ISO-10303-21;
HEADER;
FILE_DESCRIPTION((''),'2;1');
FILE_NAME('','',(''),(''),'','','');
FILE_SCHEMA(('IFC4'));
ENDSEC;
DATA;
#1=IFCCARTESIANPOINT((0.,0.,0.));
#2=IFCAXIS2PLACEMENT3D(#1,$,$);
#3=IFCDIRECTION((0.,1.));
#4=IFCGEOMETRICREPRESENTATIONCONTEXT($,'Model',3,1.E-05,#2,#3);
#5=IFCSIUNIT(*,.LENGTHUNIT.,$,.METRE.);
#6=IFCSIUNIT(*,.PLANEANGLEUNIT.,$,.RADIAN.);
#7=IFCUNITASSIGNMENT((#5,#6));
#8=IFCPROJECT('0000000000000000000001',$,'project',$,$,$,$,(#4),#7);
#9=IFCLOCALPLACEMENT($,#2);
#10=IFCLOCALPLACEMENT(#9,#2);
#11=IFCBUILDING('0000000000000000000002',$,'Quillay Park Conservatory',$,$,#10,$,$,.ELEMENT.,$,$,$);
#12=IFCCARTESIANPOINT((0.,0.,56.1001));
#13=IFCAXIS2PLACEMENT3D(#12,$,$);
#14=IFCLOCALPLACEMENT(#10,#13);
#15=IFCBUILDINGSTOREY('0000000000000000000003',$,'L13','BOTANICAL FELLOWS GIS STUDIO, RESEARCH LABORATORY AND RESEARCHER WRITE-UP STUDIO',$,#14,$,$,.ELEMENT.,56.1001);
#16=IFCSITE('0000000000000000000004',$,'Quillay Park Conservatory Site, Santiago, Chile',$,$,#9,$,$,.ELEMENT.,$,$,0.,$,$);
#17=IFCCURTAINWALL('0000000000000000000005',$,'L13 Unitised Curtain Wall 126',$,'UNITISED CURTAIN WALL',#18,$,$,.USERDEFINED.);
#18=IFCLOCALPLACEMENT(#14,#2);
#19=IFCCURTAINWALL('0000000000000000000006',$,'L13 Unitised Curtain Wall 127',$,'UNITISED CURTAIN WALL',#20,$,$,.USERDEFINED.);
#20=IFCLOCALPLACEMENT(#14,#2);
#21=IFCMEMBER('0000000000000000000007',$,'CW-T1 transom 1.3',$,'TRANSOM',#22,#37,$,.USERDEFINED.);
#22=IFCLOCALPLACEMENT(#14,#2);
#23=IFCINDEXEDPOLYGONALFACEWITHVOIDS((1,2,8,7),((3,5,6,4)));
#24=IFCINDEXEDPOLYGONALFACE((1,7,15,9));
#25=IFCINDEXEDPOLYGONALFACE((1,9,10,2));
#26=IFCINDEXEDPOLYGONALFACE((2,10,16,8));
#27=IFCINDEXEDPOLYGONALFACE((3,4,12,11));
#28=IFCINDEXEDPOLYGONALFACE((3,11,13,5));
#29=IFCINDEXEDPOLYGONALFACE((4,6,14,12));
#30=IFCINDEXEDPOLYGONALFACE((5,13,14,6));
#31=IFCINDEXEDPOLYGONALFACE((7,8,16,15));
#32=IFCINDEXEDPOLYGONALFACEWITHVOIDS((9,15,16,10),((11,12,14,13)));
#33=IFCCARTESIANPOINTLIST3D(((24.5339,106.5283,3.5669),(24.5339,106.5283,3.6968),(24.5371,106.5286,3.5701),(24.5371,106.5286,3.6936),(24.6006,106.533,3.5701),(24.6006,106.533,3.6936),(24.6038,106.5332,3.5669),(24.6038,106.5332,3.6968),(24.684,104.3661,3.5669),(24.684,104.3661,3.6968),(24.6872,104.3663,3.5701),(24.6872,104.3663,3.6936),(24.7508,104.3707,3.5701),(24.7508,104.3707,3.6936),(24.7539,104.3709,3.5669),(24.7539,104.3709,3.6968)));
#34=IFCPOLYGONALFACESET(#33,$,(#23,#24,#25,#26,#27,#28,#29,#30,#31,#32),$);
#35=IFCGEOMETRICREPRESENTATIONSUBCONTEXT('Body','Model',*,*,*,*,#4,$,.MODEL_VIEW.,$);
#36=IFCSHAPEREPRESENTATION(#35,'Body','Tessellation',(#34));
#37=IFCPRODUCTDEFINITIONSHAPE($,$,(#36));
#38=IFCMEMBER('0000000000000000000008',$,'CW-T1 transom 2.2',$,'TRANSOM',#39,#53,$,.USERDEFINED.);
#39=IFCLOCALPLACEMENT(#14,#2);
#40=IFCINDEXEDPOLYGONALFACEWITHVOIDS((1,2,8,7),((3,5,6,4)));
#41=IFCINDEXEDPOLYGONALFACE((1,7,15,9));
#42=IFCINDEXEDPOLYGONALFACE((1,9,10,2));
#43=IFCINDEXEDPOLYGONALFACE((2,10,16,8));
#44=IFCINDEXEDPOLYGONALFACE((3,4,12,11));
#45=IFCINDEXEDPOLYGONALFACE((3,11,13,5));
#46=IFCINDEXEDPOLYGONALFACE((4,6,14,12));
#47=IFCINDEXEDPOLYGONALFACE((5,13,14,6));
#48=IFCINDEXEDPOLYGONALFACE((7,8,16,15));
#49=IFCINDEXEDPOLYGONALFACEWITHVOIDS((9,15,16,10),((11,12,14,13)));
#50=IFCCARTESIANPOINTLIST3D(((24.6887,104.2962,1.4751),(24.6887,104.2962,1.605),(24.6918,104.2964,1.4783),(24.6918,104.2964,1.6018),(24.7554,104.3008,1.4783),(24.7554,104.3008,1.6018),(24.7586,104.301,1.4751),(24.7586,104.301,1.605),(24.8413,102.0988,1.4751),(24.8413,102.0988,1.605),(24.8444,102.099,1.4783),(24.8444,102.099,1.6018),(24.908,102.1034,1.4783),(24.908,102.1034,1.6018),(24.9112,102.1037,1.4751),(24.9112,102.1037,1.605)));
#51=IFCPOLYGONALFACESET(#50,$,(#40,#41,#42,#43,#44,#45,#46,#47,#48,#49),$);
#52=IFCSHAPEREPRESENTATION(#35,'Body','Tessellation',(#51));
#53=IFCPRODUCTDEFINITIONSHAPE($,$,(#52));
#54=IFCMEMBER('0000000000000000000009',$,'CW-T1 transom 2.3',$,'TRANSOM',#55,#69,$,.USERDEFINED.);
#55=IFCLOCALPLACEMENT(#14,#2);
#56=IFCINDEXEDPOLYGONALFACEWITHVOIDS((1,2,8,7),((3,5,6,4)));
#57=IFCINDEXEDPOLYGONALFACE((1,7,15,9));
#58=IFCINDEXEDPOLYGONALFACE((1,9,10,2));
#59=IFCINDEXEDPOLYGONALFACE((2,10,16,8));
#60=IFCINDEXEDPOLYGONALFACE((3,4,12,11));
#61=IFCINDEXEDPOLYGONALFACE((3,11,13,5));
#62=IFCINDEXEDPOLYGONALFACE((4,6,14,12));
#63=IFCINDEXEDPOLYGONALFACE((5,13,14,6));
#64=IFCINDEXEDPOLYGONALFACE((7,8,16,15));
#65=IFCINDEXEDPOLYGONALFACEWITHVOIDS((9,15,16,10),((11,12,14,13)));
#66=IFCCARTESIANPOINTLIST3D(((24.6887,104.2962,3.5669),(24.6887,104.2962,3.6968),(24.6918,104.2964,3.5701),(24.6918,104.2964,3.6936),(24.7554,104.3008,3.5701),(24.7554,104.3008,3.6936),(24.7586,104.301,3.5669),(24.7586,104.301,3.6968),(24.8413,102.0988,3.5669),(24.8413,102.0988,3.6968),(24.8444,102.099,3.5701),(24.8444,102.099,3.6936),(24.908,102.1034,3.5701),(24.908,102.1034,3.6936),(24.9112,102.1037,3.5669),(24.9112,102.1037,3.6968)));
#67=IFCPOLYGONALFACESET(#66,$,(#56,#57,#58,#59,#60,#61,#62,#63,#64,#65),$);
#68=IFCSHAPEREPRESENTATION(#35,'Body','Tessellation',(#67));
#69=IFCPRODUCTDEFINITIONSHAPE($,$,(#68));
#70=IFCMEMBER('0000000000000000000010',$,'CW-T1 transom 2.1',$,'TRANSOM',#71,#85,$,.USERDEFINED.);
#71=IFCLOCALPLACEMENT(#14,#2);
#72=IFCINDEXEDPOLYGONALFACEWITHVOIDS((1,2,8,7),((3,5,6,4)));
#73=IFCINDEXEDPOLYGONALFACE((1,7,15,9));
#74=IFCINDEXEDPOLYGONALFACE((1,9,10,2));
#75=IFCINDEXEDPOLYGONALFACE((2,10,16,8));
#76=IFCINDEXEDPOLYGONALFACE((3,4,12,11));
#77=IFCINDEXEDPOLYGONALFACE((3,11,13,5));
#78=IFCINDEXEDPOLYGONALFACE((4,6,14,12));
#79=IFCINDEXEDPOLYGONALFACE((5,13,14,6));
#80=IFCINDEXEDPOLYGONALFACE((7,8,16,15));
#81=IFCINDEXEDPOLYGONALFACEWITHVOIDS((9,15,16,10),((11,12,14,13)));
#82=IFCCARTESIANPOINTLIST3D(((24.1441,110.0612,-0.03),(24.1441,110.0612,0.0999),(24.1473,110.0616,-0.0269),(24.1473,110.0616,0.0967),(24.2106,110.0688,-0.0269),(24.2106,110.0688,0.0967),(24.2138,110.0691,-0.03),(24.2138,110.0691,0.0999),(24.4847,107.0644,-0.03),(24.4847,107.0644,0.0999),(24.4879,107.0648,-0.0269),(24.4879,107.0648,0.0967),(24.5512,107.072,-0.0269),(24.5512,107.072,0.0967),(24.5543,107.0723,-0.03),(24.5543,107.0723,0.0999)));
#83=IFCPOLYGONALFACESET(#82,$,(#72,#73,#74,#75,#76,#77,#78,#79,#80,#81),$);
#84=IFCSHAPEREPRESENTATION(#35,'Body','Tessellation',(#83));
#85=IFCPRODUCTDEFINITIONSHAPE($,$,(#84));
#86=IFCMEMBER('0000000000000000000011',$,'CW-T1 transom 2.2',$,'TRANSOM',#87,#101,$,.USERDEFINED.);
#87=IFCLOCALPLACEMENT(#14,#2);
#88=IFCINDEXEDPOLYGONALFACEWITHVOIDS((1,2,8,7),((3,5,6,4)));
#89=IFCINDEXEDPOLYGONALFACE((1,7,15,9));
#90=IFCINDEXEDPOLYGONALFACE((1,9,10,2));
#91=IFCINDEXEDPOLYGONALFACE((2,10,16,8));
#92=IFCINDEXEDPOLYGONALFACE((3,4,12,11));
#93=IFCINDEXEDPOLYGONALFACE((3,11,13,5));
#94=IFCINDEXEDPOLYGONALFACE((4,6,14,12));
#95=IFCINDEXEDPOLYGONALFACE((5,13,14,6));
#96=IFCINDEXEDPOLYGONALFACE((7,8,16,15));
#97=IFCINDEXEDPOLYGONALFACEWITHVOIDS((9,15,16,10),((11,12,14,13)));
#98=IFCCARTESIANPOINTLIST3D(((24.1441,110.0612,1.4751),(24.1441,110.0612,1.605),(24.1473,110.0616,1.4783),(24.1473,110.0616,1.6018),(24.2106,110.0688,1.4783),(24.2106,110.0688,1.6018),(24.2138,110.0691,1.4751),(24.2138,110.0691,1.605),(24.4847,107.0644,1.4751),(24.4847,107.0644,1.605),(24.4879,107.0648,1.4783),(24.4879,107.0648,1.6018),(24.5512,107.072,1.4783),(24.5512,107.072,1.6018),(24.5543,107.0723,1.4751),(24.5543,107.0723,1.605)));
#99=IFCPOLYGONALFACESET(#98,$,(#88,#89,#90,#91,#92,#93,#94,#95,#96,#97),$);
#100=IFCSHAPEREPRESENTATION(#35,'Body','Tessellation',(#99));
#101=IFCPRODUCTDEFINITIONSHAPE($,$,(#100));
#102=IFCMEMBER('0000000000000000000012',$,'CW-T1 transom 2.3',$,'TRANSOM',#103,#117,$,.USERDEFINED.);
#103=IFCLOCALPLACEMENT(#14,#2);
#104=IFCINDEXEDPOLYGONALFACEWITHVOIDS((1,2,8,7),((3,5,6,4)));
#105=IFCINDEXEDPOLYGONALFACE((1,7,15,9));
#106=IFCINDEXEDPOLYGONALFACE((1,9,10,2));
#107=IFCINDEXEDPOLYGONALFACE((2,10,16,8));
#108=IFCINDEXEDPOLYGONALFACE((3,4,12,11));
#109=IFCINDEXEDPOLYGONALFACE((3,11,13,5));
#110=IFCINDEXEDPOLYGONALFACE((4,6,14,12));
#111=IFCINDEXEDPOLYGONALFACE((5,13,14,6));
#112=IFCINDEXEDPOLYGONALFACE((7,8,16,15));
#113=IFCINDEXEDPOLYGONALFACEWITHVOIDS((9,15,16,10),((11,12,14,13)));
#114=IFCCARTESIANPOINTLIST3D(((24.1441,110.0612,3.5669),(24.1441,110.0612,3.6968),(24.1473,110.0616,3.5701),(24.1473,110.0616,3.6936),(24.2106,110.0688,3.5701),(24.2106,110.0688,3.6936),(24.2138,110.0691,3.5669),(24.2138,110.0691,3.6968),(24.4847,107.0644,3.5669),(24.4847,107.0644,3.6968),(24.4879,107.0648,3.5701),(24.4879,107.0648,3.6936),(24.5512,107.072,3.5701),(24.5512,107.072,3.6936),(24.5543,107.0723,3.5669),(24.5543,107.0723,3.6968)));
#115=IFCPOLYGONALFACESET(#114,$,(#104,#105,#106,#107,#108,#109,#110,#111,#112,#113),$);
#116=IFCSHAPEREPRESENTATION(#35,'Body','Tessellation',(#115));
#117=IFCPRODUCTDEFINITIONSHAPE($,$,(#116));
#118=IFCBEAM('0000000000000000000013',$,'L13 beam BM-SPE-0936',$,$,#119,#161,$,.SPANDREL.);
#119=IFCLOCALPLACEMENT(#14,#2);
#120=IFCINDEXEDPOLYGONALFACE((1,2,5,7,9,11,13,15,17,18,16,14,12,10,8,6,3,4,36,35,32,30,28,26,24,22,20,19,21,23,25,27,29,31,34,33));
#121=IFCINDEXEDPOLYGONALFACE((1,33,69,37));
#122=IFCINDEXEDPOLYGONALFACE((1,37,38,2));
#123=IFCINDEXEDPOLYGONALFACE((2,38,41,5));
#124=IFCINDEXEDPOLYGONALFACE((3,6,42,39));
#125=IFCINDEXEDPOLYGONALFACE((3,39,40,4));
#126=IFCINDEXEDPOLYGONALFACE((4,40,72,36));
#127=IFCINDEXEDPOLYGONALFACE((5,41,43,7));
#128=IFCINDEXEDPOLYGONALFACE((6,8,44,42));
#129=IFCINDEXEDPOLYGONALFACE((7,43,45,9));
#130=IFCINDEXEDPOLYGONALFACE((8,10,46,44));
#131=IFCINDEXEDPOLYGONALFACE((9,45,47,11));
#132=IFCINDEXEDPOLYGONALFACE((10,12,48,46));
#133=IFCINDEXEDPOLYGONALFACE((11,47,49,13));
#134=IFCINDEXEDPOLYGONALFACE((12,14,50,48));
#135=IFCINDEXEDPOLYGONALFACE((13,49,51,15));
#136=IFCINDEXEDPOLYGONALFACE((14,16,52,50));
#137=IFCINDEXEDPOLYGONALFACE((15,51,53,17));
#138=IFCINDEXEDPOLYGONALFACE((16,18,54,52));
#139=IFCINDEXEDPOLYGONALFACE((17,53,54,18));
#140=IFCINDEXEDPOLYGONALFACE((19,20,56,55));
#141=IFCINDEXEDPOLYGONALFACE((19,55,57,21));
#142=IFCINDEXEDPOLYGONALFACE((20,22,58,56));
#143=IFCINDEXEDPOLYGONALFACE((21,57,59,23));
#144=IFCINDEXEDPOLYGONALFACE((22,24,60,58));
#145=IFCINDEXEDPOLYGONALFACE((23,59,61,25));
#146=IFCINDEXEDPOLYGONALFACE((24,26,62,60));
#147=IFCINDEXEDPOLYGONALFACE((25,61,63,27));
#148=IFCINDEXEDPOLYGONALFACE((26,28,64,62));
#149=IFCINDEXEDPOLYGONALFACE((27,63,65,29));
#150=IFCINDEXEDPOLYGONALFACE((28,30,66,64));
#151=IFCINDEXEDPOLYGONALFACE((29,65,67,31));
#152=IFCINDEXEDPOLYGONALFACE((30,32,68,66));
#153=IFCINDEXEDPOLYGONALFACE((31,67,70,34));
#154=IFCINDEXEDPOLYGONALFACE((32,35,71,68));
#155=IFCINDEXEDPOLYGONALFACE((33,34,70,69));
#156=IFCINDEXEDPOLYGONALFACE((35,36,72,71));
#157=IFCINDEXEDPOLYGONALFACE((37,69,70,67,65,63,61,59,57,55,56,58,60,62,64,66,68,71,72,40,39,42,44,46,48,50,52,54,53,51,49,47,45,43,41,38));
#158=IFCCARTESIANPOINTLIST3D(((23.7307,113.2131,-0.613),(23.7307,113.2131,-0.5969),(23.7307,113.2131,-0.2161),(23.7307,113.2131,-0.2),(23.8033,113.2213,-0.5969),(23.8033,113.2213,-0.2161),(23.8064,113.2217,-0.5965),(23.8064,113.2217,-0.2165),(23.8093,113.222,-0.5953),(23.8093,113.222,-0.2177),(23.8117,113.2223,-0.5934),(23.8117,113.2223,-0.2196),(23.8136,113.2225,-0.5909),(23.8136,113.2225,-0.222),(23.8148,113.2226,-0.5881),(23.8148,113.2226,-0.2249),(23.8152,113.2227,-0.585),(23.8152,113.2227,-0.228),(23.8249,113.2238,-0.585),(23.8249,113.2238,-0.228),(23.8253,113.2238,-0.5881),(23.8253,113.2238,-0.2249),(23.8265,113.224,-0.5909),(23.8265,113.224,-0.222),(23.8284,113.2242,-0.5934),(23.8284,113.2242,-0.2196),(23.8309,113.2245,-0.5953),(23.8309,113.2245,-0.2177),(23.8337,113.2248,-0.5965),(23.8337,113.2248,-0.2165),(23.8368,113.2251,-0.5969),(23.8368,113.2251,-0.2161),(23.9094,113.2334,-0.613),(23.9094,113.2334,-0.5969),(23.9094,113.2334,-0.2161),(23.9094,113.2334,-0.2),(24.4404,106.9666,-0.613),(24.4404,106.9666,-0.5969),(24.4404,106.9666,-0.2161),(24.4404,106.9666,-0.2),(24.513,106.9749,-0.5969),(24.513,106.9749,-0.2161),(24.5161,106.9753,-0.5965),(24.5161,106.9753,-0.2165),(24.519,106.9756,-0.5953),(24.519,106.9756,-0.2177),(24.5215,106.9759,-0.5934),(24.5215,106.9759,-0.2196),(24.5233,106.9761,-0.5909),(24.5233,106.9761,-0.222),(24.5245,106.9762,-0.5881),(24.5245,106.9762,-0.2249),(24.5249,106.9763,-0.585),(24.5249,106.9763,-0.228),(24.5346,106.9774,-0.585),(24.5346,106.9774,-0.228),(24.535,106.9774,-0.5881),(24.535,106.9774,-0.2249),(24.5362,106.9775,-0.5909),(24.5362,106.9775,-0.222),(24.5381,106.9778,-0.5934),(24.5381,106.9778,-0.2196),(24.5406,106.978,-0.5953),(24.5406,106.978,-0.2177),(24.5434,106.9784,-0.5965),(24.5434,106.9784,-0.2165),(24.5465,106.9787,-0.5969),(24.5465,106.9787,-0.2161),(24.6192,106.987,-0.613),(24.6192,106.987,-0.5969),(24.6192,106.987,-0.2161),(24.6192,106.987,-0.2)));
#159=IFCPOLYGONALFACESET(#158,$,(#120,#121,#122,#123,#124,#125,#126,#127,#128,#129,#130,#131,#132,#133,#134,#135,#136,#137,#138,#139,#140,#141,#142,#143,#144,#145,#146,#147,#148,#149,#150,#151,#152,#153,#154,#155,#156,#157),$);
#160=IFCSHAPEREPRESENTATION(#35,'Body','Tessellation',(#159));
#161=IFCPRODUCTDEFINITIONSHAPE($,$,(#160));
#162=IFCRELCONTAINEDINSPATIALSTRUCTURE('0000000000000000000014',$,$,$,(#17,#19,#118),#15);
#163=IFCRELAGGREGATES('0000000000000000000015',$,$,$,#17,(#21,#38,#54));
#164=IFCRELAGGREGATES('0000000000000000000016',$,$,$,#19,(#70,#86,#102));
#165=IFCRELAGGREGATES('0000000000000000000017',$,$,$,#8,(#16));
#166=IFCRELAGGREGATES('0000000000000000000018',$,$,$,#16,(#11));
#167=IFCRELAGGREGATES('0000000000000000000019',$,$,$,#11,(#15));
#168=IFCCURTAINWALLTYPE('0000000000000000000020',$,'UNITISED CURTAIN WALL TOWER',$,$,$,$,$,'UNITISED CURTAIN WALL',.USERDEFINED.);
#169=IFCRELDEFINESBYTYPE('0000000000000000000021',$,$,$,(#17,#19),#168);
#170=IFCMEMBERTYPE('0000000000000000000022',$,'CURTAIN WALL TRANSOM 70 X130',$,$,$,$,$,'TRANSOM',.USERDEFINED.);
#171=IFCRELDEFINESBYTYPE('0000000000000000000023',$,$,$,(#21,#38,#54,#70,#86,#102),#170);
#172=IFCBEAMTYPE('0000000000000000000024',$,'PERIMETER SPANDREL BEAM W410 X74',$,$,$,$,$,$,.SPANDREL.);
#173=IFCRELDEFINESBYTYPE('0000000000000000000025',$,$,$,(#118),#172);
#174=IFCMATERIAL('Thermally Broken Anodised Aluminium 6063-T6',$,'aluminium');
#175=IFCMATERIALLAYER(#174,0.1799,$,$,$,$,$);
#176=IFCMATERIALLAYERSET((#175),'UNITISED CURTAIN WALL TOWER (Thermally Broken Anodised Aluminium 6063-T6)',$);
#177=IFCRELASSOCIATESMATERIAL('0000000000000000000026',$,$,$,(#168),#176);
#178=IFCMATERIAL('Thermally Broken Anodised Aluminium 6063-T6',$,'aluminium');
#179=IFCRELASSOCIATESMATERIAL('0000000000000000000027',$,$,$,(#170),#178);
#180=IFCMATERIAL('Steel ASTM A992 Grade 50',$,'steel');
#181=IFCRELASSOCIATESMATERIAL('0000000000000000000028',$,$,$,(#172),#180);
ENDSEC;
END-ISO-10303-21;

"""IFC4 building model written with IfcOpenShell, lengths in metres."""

from ifc_helpers import new_model, si_unit, direction, frame, origin, origin_2d, place, context, subcontext, project, spatial, hollow_rectangle, i_section, extrude, material, layer, layer_set, material_profile, profile_set, type_object, element, aggregate, save


model = new_model("IFC4")

# Units and contexts
model_context = context("Model", 3, precision=1e-05, world=origin(), true_north=direction((0.0, 1.0)))
body_context = subcontext(model_context, "Body", "Model", "MODEL_VIEW")
ifc_project = project(units=[si_unit("LENGTHUNIT", "METRE"), si_unit("PLANEANGLEUNIT", "RADIAN")], contexts=[model_context])

# Site, building, storey
site_placement = place(None, origin())
site = spatial("IfcSite", under=ifc_project, at=site_placement, Name="Quillay Park Conservatory Site, Santiago, Chile", CompositionType="ELEMENT", RefElevation=0.0)
building_placement = place(site_placement, origin())
building = spatial("IfcBuilding", under=site, at=building_placement, Name="Quillay Park Conservatory", CompositionType="ELEMENT")
storey_placement = place(building_placement, frame((0.0, 0.0, 56.1001)))
storey = spatial("IfcBuildingStorey", under=building, at=storey_placement, Name="L13", Description="BOTANICAL FELLOWS GIS STUDIO, RESEARCH LABORATORY AND RESEARCHER WRITE-UP STUDIO", CompositionType="ELEMENT", Elevation=56.1001)

# Curtain wall
ifc_material_1 = material(Name="Thermally Broken Anodised Aluminium 6063-T6", Category="aluminium")
ifc_layer_1 = layer(ifc_material_1, 0.1799)
ifc_layer_set_1 = layer_set([ifc_layer_1], Name="UNITISED CURTAIN WALL TOWER (Thermally Broken Anodised Aluminium 6063-T6)")
curtain_wall_type = type_object("IfcCurtainWallType", Name="UNITISED CURTAIN WALL TOWER", ElementType="UNITISED CURTAIN WALL", PredefinedType="USERDEFINED", material=ifc_layer_set_1)
curtain_wall_1_placement = place(storey_placement, origin())
curtain_wall_1 = element("IfcCurtainWall", 1, at=curtain_wall_1_placement, inside=storey, type_object=curtain_wall_type, Name="L13 Unitised Curtain Wall 126", ObjectType="UNITISED CURTAIN WALL", PredefinedType="USERDEFINED")

# Curtain wall
curtain_wall_2_placement = place(storey_placement, origin())
curtain_wall_2 = element("IfcCurtainWall", 2, at=curtain_wall_2_placement, inside=storey, type_object=curtain_wall_type, Name="L13 Unitised Curtain Wall 127", ObjectType="UNITISED CURTAIN WALL", PredefinedType="USERDEFINED")

# Members
ifc_material_2 = material(Name="Thermally Broken Anodised Aluminium 6063-T6", Category="aluminium")
ifc_material_profile_1 = material_profile(ifc_material_2, hollow_rectangle(XDim=0.0701, YDim=0.1299, WallThickness=0.0032, at=origin_2d()), Name="AL70x130x3.2")
ifc_profile_set_1 = profile_set([ifc_material_profile_1], Name="Thermally Broken Anodised Aluminium 6063-T6")
member_type_1 = type_object("IfcMemberType", Name="CURTAIN WALL TRANSOM 70 X130", ElementType="TRANSOM", PredefinedType="USERDEFINED", material=ifc_profile_set_1)
member_1_placement = place(storey_placement, frame((24.5688, 106.5308, 3.6318), z_axis=(0.06927, -0.997598, 0.0), x_axis=(0.997598, 0.06927, 0.0)))
member_1 = element("IfcMember", 3, at=member_1_placement, type_object=member_type_1, Name="CW-T1 transom 1.3", ObjectType="TRANSOM", PredefinedType="USERDEFINED", context=body_context, shape_type="SweptSolid", body=[
    extrude(hollow_rectangle(XDim=0.0701, YDim=0.1299, WallThickness=0.0032, at=origin_2d()), origin(), (0.0, 0.0, 1.0), 2.1675),
])
member_2_placement = place(storey_placement, frame((24.7236, 104.2986, 1.54), z_axis=(0.069278, -0.997597, 0.0), x_axis=(0.997597, 0.069278, 0.0)))
member_2 = element("IfcMember", 4, at=member_2_placement, type_object=member_type_1, Name="CW-T1 transom 2.2", ObjectType="TRANSOM", PredefinedType="USERDEFINED", context=body_context, shape_type="SweptSolid", body=[
    extrude(hollow_rectangle(XDim=0.0701, YDim=0.1299, WallThickness=0.0032, at=origin_2d()), origin(), (0.0, 0.0, 1.0), 2.2026),
])
member_3_placement = place(storey_placement, frame((24.7236, 104.2986, 3.6318), z_axis=(0.069278, -0.997597, 0.0), x_axis=(0.997597, 0.069278, 0.0)))
member_3 = element("IfcMember", 5, at=member_3_placement, type_object=member_type_1, Name="CW-T1 transom 2.3", ObjectType="TRANSOM", PredefinedType="USERDEFINED", context=body_context, shape_type="SweptSolid", body=[
    extrude(hollow_rectangle(XDim=0.0701, YDim=0.1299, WallThickness=0.0032, at=origin_2d()), origin(), (0.0, 0.0, 1.0), 2.2026),
])
member_4_placement = place(storey_placement, frame((24.179, 110.0652, 0.0349), z_axis=(0.112919, -0.993604, 0.0), x_axis=(0.993604, 0.112919, 0.0)))
member_4 = element("IfcMember", 6, at=member_4_placement, type_object=member_type_1, Name="CW-T1 transom 2.1", ObjectType="TRANSOM", PredefinedType="USERDEFINED", context=body_context, shape_type="SweptSolid", body=[
    extrude(hollow_rectangle(XDim=0.0701, YDim=0.1299, WallThickness=0.0032, at=origin_2d()), origin(), (0.0, 0.0, 1.0), 3.0161),
])
member_5_placement = place(storey_placement, frame((24.179, 110.0652, 1.54), z_axis=(0.112919, -0.993604, 0.0), x_axis=(0.993604, 0.112919, 0.0)))
member_5 = element("IfcMember", 7, at=member_5_placement, type_object=member_type_1, Name="CW-T1 transom 2.2", ObjectType="TRANSOM", PredefinedType="USERDEFINED", context=body_context, shape_type="SweptSolid", body=[
    extrude(hollow_rectangle(XDim=0.0701, YDim=0.1299, WallThickness=0.0032, at=origin_2d()), origin(), (0.0, 0.0, 1.0), 3.0161),
])
member_6_placement = place(storey_placement, frame((24.179, 110.0652, 3.6318), z_axis=(0.112919, -0.993604, 0.0), x_axis=(0.993604, 0.112919, 0.0)))
member_6 = element("IfcMember", 8, at=member_6_placement, type_object=member_type_1, Name="CW-T1 transom 2.3", ObjectType="TRANSOM", PredefinedType="USERDEFINED", context=body_context, shape_type="SweptSolid", body=[
    extrude(hollow_rectangle(XDim=0.0701, YDim=0.1299, WallThickness=0.0032, at=origin_2d()), origin(), (0.0, 0.0, 1.0), 3.0161),
])

# Beam
ifc_material_3 = material(Name="Steel ASTM A992 Grade 50", Category="steel")
ifc_material_profile_2 = material_profile(ifc_material_3, i_section(OverallWidth=0.1799, OverallDepth=0.4131, WebThickness=0.0098, FlangeThickness=0.0161, FilletRadius=0.012, at=origin_2d()), Name="W410x74")
ifc_profile_set_2 = profile_set([ifc_material_profile_2], Name="Steel ASTM A992 Grade 50")
beam_type_1 = type_object("IfcBeamType", Name="PERIMETER SPANDREL BEAM W410 X74", PredefinedType="SPANDREL", material=ifc_profile_set_2)
beam_1_placement = place(storey_placement, frame((24.5298, 106.9768, -0.4065), z_axis=(-0.112895, 0.993607, 0.0), x_axis=(-0.993607, -0.112895, 0.0)))
element("IfcBeam", 9, at=beam_1_placement, inside=storey, type_object=beam_type_1, Name="L13 beam BM-SPE-0936", PredefinedType="SPANDREL", context=body_context, shape_type="SweptSolid", body=[
    extrude(i_section(OverallWidth=0.1799, OverallDepth=0.4131, WebThickness=0.0098, FlangeThickness=0.0161, FilletRadius=0.012, at=origin_2d()), origin(), (0.0, 0.0, 1.0), 6.2866),
])

aggregate(curtain_wall_1, [member_1, member_2, member_3])
aggregate(curtain_wall_2, [member_4, member_5, member_6])

save(model, "model.ifc")
